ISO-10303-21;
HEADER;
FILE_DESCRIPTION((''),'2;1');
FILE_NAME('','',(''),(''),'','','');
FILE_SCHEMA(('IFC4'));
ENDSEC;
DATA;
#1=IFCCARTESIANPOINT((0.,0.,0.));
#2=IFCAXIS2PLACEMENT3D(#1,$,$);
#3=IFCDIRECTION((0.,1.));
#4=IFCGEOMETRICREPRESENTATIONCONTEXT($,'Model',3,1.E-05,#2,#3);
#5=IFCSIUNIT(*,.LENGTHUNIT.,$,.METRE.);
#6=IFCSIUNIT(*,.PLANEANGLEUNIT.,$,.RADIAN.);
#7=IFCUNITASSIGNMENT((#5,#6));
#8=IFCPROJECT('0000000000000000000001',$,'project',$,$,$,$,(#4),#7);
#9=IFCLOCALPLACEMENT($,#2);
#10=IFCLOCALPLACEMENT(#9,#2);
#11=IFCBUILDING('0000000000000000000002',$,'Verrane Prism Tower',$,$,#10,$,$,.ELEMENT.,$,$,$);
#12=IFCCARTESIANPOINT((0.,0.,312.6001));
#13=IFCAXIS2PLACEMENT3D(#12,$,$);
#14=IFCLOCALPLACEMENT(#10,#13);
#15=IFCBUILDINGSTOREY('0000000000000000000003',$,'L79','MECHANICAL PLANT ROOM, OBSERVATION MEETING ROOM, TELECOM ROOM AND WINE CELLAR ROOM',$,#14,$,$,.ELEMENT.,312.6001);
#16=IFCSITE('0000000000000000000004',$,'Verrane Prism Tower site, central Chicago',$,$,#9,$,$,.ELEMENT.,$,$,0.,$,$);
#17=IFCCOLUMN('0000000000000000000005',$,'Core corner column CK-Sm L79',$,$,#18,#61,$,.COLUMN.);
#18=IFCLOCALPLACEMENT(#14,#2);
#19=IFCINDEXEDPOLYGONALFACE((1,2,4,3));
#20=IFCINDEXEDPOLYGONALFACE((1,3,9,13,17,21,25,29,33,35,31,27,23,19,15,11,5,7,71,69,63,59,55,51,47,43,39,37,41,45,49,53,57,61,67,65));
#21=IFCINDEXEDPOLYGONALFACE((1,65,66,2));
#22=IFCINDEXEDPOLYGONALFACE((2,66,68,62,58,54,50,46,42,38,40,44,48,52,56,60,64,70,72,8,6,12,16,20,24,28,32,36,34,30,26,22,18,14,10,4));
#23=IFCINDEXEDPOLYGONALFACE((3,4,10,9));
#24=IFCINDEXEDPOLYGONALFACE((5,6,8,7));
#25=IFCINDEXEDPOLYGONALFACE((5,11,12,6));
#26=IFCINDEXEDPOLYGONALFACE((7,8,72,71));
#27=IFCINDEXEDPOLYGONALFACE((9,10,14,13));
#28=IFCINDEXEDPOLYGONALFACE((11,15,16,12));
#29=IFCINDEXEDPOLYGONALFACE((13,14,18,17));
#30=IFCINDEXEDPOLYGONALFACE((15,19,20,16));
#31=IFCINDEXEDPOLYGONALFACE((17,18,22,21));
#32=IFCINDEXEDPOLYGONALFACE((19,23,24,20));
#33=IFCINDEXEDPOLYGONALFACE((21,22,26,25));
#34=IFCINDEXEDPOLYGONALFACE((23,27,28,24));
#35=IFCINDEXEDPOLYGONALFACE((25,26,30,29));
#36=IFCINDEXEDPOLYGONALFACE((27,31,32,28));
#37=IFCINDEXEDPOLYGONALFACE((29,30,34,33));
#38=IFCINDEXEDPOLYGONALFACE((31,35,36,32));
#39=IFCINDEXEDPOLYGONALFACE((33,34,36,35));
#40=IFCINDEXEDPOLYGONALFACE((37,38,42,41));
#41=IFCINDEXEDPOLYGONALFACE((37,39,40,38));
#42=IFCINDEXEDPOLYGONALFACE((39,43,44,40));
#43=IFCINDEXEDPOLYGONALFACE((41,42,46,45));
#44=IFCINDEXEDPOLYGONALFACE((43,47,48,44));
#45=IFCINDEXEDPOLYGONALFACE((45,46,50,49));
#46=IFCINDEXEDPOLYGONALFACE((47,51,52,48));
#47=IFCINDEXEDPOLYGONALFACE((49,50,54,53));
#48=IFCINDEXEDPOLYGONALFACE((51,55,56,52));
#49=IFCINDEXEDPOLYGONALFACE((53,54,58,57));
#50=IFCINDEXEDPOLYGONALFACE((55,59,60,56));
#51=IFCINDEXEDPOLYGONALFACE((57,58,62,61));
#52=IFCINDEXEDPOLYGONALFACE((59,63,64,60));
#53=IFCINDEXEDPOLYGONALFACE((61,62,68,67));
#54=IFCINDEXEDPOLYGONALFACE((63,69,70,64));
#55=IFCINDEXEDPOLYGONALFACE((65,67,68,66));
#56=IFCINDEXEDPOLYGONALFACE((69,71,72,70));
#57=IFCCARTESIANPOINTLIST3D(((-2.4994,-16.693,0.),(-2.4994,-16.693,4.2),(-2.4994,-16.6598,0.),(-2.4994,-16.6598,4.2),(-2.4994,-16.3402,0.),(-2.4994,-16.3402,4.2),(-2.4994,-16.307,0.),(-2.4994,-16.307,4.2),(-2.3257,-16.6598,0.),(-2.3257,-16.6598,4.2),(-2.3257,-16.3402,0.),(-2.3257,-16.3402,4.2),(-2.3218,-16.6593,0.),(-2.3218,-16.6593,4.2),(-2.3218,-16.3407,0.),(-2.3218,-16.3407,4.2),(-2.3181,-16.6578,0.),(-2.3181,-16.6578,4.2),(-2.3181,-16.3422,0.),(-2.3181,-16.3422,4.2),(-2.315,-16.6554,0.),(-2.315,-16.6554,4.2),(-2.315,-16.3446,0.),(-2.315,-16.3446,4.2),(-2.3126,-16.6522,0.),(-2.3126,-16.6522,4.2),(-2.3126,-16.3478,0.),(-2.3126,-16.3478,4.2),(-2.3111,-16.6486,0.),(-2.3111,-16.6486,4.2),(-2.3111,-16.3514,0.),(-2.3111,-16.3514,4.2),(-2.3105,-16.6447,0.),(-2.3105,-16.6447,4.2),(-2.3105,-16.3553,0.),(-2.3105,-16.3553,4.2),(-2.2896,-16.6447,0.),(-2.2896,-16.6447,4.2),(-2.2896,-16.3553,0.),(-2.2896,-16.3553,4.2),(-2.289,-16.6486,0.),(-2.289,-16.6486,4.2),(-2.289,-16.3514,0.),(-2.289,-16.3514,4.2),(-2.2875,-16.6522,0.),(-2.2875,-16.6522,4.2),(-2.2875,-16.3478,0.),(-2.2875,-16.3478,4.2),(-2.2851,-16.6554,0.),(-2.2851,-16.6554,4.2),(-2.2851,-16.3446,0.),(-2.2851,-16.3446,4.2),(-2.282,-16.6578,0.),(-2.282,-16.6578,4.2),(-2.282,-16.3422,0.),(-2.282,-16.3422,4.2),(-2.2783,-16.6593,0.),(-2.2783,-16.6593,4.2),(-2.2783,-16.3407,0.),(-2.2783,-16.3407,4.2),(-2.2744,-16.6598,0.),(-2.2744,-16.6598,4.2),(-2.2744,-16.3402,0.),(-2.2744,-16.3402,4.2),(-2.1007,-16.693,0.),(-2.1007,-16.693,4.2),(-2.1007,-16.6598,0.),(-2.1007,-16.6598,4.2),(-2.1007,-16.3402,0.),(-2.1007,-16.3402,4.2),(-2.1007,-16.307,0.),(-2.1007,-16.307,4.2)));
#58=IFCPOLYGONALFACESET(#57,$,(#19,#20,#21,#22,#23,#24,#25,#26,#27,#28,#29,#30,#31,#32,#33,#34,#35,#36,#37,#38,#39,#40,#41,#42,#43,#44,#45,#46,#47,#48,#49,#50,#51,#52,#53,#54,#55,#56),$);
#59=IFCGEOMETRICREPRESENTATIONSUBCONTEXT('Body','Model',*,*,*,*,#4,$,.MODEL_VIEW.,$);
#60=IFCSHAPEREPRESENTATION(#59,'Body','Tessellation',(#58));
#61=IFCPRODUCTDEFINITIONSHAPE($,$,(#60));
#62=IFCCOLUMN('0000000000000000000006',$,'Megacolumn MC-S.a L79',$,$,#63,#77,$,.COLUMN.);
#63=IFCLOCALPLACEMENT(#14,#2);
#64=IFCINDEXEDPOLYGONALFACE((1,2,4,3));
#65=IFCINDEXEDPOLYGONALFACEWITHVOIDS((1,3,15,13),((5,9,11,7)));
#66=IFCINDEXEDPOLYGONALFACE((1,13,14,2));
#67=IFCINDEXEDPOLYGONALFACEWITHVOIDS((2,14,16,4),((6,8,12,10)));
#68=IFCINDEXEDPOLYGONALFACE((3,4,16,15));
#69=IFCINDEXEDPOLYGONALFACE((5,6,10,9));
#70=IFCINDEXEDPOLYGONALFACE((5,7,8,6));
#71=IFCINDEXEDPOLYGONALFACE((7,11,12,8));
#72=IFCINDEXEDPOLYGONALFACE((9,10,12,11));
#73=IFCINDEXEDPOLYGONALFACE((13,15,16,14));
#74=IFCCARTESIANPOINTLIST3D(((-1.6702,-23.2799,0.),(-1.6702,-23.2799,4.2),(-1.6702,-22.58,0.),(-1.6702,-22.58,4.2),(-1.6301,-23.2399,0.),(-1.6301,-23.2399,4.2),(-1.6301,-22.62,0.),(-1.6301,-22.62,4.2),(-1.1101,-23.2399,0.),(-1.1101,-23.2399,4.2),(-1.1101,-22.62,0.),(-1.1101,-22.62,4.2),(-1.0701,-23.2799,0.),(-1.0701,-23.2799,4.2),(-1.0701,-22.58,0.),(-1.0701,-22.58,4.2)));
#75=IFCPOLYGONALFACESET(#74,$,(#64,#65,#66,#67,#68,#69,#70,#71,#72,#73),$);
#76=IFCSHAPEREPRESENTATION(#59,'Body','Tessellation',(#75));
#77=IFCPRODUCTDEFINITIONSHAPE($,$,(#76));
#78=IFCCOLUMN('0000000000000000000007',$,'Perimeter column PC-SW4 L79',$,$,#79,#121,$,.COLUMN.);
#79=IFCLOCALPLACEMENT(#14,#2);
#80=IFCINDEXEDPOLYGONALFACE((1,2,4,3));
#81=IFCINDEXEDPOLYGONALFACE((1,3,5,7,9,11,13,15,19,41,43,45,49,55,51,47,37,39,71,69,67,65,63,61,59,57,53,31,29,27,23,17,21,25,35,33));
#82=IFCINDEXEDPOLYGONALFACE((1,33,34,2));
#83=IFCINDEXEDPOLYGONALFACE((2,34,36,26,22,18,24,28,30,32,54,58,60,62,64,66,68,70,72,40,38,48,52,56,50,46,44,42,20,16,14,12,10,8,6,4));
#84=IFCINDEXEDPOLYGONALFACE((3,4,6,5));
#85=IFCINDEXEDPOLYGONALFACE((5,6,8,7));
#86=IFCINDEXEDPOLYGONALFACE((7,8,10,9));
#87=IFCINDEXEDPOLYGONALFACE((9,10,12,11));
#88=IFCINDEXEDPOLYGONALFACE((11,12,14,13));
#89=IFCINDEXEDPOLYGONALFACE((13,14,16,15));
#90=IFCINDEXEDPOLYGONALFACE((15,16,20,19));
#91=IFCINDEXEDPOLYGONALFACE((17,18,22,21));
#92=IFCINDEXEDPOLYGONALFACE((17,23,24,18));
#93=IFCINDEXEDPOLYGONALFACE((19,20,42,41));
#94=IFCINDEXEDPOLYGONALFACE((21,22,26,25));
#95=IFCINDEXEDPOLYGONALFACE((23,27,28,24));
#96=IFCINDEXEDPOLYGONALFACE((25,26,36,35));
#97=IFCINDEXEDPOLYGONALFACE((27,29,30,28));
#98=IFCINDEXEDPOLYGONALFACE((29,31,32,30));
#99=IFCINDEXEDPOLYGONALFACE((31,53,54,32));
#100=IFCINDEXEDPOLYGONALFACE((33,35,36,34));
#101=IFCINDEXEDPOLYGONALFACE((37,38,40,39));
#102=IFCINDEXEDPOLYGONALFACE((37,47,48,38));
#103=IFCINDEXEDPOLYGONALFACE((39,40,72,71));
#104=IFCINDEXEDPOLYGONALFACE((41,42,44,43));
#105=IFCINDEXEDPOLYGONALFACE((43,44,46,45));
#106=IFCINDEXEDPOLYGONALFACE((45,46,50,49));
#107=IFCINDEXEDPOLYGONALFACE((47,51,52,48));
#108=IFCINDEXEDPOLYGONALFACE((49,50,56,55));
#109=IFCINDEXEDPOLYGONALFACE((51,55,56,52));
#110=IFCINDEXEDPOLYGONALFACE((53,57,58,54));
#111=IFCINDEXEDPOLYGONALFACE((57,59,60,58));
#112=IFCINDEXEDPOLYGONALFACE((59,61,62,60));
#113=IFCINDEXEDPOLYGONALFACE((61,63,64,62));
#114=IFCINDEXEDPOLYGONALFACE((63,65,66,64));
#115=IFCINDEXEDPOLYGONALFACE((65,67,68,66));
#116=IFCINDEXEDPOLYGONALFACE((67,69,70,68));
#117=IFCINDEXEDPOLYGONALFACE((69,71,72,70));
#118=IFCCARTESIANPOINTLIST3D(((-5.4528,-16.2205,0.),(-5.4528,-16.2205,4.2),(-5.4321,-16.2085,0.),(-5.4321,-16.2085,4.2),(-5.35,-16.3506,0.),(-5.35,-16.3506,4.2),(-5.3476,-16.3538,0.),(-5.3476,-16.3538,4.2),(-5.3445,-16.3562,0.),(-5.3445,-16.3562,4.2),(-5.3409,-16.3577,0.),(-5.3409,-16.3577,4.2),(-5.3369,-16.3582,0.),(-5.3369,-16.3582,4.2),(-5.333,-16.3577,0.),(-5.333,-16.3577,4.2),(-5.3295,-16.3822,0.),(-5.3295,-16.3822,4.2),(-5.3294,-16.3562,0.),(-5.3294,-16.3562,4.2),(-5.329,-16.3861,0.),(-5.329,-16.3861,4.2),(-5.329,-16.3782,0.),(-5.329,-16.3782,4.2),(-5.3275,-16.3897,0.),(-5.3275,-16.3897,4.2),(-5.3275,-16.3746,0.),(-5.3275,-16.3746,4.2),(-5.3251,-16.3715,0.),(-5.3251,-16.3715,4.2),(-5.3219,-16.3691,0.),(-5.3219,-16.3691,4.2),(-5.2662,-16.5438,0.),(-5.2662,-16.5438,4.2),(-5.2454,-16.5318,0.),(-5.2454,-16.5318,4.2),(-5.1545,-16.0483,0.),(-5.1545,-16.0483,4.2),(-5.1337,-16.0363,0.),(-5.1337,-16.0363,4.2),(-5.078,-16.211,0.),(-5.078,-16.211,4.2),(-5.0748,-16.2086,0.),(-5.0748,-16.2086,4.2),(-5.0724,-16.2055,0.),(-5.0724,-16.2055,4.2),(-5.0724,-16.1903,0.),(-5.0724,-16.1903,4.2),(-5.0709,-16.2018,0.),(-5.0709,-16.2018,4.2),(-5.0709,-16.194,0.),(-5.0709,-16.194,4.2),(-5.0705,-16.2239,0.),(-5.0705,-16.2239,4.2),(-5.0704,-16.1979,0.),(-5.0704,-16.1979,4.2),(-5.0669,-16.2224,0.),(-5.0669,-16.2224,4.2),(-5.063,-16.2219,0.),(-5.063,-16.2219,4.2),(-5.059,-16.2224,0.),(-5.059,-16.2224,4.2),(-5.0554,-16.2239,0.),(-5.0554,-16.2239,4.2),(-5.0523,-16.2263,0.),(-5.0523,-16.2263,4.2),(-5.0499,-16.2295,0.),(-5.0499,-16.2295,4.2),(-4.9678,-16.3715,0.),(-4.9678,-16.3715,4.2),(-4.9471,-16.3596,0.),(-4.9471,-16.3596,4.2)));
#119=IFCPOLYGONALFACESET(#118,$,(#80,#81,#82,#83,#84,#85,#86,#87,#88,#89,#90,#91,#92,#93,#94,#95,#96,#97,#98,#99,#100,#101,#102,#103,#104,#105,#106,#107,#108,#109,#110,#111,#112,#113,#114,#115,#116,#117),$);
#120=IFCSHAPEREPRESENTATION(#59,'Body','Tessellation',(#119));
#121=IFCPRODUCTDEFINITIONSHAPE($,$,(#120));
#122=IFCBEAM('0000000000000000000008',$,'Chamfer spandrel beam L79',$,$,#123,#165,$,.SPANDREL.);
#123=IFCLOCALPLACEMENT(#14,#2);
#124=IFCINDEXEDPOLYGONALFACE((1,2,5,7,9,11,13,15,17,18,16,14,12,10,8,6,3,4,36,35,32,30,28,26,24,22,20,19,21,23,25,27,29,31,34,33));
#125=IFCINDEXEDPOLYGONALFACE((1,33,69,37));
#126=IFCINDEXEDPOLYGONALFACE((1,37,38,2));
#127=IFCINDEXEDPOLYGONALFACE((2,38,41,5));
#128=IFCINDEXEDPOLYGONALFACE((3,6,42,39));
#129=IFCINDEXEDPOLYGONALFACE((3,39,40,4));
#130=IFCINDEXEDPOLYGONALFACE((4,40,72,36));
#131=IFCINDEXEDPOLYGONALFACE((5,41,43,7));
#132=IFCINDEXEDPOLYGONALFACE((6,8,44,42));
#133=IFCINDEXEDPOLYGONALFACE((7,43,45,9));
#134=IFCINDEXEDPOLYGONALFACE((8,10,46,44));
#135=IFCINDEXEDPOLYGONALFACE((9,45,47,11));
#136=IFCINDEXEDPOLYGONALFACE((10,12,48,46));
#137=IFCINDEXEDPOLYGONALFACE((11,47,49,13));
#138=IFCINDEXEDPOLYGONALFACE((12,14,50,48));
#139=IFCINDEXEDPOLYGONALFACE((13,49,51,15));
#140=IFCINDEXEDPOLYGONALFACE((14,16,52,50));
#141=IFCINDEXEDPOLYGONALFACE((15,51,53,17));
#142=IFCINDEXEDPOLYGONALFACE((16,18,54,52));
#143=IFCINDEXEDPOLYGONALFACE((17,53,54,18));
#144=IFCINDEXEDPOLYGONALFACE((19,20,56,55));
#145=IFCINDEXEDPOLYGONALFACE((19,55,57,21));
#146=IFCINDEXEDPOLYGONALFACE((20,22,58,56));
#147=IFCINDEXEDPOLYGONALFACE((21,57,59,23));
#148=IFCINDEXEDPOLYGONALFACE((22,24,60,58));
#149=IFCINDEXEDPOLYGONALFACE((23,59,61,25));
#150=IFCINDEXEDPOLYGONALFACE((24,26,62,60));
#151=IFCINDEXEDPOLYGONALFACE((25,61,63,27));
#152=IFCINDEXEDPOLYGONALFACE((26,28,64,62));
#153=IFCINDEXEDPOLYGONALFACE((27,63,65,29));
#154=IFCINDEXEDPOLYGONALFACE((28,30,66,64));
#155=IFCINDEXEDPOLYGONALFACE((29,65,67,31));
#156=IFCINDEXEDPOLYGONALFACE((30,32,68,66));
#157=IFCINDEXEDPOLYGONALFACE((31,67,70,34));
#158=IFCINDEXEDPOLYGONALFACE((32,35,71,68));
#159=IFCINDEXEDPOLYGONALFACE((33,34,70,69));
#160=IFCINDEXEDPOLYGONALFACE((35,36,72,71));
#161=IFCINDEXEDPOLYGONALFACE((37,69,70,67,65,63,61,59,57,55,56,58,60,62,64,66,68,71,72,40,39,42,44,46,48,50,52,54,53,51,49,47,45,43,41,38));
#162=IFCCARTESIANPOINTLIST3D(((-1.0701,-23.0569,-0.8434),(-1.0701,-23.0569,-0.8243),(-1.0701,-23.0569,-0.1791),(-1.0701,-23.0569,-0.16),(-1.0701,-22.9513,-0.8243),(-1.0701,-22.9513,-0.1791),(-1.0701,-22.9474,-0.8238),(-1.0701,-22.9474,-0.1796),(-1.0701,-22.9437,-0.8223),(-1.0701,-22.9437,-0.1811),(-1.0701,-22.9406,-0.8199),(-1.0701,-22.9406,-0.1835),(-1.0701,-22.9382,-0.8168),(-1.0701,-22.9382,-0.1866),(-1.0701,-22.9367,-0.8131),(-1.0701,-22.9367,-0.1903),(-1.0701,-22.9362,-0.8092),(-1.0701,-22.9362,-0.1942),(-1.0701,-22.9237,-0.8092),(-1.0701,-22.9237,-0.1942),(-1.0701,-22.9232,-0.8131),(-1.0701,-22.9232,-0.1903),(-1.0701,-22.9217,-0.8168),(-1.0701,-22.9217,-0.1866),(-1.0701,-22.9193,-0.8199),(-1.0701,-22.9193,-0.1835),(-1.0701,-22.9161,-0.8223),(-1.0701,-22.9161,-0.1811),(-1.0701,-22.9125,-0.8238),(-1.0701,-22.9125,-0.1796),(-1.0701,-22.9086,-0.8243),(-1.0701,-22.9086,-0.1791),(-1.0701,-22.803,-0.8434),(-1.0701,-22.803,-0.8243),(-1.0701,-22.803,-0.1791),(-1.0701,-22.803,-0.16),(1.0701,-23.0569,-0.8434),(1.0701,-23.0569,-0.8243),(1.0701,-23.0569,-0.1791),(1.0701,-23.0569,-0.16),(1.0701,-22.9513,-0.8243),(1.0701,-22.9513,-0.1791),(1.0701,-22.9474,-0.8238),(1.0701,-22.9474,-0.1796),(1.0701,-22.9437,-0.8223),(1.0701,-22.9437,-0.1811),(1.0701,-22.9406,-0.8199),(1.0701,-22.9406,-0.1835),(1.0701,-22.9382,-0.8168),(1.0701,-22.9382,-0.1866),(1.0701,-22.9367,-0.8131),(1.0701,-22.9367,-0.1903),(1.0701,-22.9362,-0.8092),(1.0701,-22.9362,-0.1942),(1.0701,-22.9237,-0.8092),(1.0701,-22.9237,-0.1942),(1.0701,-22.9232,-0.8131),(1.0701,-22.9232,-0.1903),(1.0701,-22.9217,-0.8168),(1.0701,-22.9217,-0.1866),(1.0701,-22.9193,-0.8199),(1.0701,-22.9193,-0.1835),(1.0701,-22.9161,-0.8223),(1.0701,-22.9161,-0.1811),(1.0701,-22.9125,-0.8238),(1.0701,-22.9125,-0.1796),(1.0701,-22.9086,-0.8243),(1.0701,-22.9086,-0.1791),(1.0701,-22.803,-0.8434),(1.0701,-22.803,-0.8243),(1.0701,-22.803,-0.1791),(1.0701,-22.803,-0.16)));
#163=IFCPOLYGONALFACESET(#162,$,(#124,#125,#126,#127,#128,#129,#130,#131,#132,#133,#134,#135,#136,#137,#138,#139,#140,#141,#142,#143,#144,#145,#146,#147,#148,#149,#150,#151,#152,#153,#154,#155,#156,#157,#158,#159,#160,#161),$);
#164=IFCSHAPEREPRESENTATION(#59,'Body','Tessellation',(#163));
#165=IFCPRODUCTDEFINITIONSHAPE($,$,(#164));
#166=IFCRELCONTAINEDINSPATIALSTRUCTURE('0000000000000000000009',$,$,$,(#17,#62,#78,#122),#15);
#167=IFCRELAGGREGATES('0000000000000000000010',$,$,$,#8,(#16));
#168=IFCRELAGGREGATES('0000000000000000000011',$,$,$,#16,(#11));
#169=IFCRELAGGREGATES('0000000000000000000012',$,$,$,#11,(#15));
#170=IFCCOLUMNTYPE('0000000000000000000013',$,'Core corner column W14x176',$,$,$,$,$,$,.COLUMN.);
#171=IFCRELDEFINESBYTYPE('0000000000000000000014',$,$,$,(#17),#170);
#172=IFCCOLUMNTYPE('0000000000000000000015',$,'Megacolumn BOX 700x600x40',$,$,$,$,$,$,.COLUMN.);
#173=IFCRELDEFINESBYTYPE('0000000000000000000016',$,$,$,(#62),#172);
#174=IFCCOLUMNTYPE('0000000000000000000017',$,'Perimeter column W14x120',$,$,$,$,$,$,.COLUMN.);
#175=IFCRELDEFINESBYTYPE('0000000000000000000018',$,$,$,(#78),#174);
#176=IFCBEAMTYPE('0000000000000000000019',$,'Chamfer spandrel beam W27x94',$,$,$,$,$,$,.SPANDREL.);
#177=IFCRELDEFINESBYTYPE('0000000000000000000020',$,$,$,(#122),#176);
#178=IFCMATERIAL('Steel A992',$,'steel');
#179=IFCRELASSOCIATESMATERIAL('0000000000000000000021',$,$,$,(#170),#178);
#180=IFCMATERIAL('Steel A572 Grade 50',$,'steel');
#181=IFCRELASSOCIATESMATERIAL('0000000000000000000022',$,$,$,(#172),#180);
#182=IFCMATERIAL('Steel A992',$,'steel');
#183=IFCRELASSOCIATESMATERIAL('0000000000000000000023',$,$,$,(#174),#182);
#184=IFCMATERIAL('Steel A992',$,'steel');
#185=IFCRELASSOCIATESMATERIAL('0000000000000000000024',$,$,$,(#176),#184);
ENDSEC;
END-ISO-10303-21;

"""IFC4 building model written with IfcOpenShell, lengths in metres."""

from ifc_helpers import new_model, si_unit, direction, frame, origin, origin_2d, place, context, subcontext, project, spatial, hollow_rectangle, i_section, extrude, material, material_profile, profile_set, type_object, element, save


model = new_model("IFC4")

# Units and contexts
model_context = context("Model", 3, precision=1e-05, world=origin(), true_north=direction((0.0, 1.0)))
body_context = subcontext(model_context, "Body", "Model", "MODEL_VIEW")
ifc_project = project(units=[si_unit("LENGTHUNIT", "METRE"), si_unit("PLANEANGLEUNIT", "RADIAN")], contexts=[model_context])

# Site, building, storey
site_placement = place(None, origin())
site = spatial("IfcSite", under=ifc_project, at=site_placement, Name="Verrane Prism Tower site, central Chicago", CompositionType="ELEMENT", RefElevation=0.0)
building_placement = place(site_placement, origin())
building = spatial("IfcBuilding", under=site, at=building_placement, Name="Verrane Prism Tower", CompositionType="ELEMENT")
storey_placement = place(building_placement, frame((0.0, 0.0, 312.6001)))
storey = spatial("IfcBuildingStorey", under=building, at=storey_placement, Name="L79", Description="MECHANICAL PLANT ROOM, OBSERVATION MEETING ROOM, TELECOM ROOM AND WINE CELLAR ROOM", CompositionType="ELEMENT", Elevation=312.6001)

# Columns
ifc_material_1 = material(Name="Steel A992", Category="steel")
ifc_material_profile_1 = material_profile(ifc_material_1, i_section(OverallWidth=0.3987, OverallDepth=0.386, WebThickness=0.021, FlangeThickness=0.0332, FilletRadius=0.0151, at=origin_2d()), Name="W14x176")
ifc_profile_set_1 = profile_set([ifc_material_profile_1], Name="Steel A992")
column_type_1 = type_object("IfcColumnType", Name="Core corner column W14x176", PredefinedType="COLUMN", material=ifc_profile_set_1)
column_1_placement = place(storey_placement, frame((-2.3, -16.5, 0.0), z_axis=(0.0, 0.0, 1.0), x_axis=(-1.0, 0.0, 0.0)))
element("IfcColumn", 1, at=column_1_placement, inside=storey, type_object=column_type_1, Name="Core corner column CK-Sm L79", PredefinedType="COLUMN", context=body_context, shape_type="SweptSolid", body=[
    extrude(i_section(OverallWidth=0.3987, OverallDepth=0.386, WebThickness=0.021, FlangeThickness=0.0332, FilletRadius=0.0151, at=origin_2d()), origin(), (0.0, 0.0, 1.0), 4.2),
])
ifc_material_2 = material(Name="Steel A572 Grade 50", Category="steel")
ifc_material_profile_2 = material_profile(ifc_material_2, hollow_rectangle(XDim=0.6001, YDim=0.7, WallThickness=0.04, at=origin_2d()), Name="BOX 700x600x40")
ifc_profile_set_2 = profile_set([ifc_material_profile_2], Name="Steel A572 Grade 50")
column_type_2 = type_object("IfcColumnType", Name="Megacolumn BOX 700x600x40", PredefinedType="COLUMN", material=ifc_profile_set_2)
column_2_placement = place(storey_placement, frame((-1.3701, -22.9299, 0.0), z_axis=(0.0, 0.0, 1.0), x_axis=(-1.0, 0.0, 0.0)))
element("IfcColumn", 2, at=column_2_placement, inside=storey, type_object=column_type_2, Name="Megacolumn MC-S.a L79", PredefinedType="COLUMN", context=body_context, shape_type="SweptSolid", body=[
    extrude(hollow_rectangle(XDim=0.6001, YDim=0.7, WallThickness=0.04, at=origin_2d()), origin(), (0.0, 0.0, 1.0), 4.2),
])
ifc_material_3 = material(Name="Steel A992", Category="steel")
ifc_material_profile_3 = material_profile(ifc_material_3, i_section(OverallWidth=0.3733, OverallDepth=0.3684, WebThickness=0.0149, FlangeThickness=0.0239, FilletRadius=0.0151, at=origin_2d()), Name="W14x120")
ifc_profile_set_3 = profile_set([ifc_material_profile_3], Name="Steel A992")
column_type_3 = type_object("IfcColumnType", Name="Perimeter column W14x120", PredefinedType="COLUMN", material=ifc_profile_set_3)
column_3_placement = place(storey_placement, frame((-5.2, -16.29, 0.0), z_axis=(0.0, 0.0, 1.0), x_axis=(-0.5, 0.866025, 0.0)))
element("IfcColumn", 3, at=column_3_placement, inside=storey, type_object=column_type_3, Name="Perimeter column PC-SW4 L79", PredefinedType="COLUMN", context=body_context, shape_type="SweptSolid", body=[
    extrude(i_section(OverallWidth=0.3733, OverallDepth=0.3684, WebThickness=0.0149, FlangeThickness=0.0239, FilletRadius=0.0151, at=origin_2d()), origin(), (0.0, 0.0, 1.0), 4.2),
])

# Beam
ifc_material_4 = material(Name="Steel A992", Category="steel")
ifc_material_profile_4 = material_profile(ifc_material_4, i_section(OverallWidth=0.2539, OverallDepth=0.6833, WebThickness=0.0125, FlangeThickness=0.019, FilletRadius=0.0151, at=origin_2d()), Name="W27x94")
ifc_profile_set_4 = profile_set([ifc_material_profile_4], Name="Steel A992")
beam_type_1 = type_object("IfcBeamType", Name="Chamfer spandrel beam W27x94", PredefinedType="SPANDREL", material=ifc_profile_set_4)
beam_1_placement = place(storey_placement, frame((-1.0701, -22.9299, -0.5017), z_axis=(1.0, 0.0, 0.0), x_axis=(0.0, 1.0, 0.0)))
element("IfcBeam", 4, at=beam_1_placement, inside=storey, type_object=beam_type_1, Name="Chamfer spandrel beam L79", PredefinedType="SPANDREL", context=body_context, shape_type="SweptSolid", body=[
    extrude(i_section(OverallWidth=0.2539, OverallDepth=0.6833, WebThickness=0.0125, FlangeThickness=0.019, FilletRadius=0.0151, at=origin_2d()), origin(), (0.0, 0.0, 1.0), 2.1401),
])

save(model, "model.ifc")
